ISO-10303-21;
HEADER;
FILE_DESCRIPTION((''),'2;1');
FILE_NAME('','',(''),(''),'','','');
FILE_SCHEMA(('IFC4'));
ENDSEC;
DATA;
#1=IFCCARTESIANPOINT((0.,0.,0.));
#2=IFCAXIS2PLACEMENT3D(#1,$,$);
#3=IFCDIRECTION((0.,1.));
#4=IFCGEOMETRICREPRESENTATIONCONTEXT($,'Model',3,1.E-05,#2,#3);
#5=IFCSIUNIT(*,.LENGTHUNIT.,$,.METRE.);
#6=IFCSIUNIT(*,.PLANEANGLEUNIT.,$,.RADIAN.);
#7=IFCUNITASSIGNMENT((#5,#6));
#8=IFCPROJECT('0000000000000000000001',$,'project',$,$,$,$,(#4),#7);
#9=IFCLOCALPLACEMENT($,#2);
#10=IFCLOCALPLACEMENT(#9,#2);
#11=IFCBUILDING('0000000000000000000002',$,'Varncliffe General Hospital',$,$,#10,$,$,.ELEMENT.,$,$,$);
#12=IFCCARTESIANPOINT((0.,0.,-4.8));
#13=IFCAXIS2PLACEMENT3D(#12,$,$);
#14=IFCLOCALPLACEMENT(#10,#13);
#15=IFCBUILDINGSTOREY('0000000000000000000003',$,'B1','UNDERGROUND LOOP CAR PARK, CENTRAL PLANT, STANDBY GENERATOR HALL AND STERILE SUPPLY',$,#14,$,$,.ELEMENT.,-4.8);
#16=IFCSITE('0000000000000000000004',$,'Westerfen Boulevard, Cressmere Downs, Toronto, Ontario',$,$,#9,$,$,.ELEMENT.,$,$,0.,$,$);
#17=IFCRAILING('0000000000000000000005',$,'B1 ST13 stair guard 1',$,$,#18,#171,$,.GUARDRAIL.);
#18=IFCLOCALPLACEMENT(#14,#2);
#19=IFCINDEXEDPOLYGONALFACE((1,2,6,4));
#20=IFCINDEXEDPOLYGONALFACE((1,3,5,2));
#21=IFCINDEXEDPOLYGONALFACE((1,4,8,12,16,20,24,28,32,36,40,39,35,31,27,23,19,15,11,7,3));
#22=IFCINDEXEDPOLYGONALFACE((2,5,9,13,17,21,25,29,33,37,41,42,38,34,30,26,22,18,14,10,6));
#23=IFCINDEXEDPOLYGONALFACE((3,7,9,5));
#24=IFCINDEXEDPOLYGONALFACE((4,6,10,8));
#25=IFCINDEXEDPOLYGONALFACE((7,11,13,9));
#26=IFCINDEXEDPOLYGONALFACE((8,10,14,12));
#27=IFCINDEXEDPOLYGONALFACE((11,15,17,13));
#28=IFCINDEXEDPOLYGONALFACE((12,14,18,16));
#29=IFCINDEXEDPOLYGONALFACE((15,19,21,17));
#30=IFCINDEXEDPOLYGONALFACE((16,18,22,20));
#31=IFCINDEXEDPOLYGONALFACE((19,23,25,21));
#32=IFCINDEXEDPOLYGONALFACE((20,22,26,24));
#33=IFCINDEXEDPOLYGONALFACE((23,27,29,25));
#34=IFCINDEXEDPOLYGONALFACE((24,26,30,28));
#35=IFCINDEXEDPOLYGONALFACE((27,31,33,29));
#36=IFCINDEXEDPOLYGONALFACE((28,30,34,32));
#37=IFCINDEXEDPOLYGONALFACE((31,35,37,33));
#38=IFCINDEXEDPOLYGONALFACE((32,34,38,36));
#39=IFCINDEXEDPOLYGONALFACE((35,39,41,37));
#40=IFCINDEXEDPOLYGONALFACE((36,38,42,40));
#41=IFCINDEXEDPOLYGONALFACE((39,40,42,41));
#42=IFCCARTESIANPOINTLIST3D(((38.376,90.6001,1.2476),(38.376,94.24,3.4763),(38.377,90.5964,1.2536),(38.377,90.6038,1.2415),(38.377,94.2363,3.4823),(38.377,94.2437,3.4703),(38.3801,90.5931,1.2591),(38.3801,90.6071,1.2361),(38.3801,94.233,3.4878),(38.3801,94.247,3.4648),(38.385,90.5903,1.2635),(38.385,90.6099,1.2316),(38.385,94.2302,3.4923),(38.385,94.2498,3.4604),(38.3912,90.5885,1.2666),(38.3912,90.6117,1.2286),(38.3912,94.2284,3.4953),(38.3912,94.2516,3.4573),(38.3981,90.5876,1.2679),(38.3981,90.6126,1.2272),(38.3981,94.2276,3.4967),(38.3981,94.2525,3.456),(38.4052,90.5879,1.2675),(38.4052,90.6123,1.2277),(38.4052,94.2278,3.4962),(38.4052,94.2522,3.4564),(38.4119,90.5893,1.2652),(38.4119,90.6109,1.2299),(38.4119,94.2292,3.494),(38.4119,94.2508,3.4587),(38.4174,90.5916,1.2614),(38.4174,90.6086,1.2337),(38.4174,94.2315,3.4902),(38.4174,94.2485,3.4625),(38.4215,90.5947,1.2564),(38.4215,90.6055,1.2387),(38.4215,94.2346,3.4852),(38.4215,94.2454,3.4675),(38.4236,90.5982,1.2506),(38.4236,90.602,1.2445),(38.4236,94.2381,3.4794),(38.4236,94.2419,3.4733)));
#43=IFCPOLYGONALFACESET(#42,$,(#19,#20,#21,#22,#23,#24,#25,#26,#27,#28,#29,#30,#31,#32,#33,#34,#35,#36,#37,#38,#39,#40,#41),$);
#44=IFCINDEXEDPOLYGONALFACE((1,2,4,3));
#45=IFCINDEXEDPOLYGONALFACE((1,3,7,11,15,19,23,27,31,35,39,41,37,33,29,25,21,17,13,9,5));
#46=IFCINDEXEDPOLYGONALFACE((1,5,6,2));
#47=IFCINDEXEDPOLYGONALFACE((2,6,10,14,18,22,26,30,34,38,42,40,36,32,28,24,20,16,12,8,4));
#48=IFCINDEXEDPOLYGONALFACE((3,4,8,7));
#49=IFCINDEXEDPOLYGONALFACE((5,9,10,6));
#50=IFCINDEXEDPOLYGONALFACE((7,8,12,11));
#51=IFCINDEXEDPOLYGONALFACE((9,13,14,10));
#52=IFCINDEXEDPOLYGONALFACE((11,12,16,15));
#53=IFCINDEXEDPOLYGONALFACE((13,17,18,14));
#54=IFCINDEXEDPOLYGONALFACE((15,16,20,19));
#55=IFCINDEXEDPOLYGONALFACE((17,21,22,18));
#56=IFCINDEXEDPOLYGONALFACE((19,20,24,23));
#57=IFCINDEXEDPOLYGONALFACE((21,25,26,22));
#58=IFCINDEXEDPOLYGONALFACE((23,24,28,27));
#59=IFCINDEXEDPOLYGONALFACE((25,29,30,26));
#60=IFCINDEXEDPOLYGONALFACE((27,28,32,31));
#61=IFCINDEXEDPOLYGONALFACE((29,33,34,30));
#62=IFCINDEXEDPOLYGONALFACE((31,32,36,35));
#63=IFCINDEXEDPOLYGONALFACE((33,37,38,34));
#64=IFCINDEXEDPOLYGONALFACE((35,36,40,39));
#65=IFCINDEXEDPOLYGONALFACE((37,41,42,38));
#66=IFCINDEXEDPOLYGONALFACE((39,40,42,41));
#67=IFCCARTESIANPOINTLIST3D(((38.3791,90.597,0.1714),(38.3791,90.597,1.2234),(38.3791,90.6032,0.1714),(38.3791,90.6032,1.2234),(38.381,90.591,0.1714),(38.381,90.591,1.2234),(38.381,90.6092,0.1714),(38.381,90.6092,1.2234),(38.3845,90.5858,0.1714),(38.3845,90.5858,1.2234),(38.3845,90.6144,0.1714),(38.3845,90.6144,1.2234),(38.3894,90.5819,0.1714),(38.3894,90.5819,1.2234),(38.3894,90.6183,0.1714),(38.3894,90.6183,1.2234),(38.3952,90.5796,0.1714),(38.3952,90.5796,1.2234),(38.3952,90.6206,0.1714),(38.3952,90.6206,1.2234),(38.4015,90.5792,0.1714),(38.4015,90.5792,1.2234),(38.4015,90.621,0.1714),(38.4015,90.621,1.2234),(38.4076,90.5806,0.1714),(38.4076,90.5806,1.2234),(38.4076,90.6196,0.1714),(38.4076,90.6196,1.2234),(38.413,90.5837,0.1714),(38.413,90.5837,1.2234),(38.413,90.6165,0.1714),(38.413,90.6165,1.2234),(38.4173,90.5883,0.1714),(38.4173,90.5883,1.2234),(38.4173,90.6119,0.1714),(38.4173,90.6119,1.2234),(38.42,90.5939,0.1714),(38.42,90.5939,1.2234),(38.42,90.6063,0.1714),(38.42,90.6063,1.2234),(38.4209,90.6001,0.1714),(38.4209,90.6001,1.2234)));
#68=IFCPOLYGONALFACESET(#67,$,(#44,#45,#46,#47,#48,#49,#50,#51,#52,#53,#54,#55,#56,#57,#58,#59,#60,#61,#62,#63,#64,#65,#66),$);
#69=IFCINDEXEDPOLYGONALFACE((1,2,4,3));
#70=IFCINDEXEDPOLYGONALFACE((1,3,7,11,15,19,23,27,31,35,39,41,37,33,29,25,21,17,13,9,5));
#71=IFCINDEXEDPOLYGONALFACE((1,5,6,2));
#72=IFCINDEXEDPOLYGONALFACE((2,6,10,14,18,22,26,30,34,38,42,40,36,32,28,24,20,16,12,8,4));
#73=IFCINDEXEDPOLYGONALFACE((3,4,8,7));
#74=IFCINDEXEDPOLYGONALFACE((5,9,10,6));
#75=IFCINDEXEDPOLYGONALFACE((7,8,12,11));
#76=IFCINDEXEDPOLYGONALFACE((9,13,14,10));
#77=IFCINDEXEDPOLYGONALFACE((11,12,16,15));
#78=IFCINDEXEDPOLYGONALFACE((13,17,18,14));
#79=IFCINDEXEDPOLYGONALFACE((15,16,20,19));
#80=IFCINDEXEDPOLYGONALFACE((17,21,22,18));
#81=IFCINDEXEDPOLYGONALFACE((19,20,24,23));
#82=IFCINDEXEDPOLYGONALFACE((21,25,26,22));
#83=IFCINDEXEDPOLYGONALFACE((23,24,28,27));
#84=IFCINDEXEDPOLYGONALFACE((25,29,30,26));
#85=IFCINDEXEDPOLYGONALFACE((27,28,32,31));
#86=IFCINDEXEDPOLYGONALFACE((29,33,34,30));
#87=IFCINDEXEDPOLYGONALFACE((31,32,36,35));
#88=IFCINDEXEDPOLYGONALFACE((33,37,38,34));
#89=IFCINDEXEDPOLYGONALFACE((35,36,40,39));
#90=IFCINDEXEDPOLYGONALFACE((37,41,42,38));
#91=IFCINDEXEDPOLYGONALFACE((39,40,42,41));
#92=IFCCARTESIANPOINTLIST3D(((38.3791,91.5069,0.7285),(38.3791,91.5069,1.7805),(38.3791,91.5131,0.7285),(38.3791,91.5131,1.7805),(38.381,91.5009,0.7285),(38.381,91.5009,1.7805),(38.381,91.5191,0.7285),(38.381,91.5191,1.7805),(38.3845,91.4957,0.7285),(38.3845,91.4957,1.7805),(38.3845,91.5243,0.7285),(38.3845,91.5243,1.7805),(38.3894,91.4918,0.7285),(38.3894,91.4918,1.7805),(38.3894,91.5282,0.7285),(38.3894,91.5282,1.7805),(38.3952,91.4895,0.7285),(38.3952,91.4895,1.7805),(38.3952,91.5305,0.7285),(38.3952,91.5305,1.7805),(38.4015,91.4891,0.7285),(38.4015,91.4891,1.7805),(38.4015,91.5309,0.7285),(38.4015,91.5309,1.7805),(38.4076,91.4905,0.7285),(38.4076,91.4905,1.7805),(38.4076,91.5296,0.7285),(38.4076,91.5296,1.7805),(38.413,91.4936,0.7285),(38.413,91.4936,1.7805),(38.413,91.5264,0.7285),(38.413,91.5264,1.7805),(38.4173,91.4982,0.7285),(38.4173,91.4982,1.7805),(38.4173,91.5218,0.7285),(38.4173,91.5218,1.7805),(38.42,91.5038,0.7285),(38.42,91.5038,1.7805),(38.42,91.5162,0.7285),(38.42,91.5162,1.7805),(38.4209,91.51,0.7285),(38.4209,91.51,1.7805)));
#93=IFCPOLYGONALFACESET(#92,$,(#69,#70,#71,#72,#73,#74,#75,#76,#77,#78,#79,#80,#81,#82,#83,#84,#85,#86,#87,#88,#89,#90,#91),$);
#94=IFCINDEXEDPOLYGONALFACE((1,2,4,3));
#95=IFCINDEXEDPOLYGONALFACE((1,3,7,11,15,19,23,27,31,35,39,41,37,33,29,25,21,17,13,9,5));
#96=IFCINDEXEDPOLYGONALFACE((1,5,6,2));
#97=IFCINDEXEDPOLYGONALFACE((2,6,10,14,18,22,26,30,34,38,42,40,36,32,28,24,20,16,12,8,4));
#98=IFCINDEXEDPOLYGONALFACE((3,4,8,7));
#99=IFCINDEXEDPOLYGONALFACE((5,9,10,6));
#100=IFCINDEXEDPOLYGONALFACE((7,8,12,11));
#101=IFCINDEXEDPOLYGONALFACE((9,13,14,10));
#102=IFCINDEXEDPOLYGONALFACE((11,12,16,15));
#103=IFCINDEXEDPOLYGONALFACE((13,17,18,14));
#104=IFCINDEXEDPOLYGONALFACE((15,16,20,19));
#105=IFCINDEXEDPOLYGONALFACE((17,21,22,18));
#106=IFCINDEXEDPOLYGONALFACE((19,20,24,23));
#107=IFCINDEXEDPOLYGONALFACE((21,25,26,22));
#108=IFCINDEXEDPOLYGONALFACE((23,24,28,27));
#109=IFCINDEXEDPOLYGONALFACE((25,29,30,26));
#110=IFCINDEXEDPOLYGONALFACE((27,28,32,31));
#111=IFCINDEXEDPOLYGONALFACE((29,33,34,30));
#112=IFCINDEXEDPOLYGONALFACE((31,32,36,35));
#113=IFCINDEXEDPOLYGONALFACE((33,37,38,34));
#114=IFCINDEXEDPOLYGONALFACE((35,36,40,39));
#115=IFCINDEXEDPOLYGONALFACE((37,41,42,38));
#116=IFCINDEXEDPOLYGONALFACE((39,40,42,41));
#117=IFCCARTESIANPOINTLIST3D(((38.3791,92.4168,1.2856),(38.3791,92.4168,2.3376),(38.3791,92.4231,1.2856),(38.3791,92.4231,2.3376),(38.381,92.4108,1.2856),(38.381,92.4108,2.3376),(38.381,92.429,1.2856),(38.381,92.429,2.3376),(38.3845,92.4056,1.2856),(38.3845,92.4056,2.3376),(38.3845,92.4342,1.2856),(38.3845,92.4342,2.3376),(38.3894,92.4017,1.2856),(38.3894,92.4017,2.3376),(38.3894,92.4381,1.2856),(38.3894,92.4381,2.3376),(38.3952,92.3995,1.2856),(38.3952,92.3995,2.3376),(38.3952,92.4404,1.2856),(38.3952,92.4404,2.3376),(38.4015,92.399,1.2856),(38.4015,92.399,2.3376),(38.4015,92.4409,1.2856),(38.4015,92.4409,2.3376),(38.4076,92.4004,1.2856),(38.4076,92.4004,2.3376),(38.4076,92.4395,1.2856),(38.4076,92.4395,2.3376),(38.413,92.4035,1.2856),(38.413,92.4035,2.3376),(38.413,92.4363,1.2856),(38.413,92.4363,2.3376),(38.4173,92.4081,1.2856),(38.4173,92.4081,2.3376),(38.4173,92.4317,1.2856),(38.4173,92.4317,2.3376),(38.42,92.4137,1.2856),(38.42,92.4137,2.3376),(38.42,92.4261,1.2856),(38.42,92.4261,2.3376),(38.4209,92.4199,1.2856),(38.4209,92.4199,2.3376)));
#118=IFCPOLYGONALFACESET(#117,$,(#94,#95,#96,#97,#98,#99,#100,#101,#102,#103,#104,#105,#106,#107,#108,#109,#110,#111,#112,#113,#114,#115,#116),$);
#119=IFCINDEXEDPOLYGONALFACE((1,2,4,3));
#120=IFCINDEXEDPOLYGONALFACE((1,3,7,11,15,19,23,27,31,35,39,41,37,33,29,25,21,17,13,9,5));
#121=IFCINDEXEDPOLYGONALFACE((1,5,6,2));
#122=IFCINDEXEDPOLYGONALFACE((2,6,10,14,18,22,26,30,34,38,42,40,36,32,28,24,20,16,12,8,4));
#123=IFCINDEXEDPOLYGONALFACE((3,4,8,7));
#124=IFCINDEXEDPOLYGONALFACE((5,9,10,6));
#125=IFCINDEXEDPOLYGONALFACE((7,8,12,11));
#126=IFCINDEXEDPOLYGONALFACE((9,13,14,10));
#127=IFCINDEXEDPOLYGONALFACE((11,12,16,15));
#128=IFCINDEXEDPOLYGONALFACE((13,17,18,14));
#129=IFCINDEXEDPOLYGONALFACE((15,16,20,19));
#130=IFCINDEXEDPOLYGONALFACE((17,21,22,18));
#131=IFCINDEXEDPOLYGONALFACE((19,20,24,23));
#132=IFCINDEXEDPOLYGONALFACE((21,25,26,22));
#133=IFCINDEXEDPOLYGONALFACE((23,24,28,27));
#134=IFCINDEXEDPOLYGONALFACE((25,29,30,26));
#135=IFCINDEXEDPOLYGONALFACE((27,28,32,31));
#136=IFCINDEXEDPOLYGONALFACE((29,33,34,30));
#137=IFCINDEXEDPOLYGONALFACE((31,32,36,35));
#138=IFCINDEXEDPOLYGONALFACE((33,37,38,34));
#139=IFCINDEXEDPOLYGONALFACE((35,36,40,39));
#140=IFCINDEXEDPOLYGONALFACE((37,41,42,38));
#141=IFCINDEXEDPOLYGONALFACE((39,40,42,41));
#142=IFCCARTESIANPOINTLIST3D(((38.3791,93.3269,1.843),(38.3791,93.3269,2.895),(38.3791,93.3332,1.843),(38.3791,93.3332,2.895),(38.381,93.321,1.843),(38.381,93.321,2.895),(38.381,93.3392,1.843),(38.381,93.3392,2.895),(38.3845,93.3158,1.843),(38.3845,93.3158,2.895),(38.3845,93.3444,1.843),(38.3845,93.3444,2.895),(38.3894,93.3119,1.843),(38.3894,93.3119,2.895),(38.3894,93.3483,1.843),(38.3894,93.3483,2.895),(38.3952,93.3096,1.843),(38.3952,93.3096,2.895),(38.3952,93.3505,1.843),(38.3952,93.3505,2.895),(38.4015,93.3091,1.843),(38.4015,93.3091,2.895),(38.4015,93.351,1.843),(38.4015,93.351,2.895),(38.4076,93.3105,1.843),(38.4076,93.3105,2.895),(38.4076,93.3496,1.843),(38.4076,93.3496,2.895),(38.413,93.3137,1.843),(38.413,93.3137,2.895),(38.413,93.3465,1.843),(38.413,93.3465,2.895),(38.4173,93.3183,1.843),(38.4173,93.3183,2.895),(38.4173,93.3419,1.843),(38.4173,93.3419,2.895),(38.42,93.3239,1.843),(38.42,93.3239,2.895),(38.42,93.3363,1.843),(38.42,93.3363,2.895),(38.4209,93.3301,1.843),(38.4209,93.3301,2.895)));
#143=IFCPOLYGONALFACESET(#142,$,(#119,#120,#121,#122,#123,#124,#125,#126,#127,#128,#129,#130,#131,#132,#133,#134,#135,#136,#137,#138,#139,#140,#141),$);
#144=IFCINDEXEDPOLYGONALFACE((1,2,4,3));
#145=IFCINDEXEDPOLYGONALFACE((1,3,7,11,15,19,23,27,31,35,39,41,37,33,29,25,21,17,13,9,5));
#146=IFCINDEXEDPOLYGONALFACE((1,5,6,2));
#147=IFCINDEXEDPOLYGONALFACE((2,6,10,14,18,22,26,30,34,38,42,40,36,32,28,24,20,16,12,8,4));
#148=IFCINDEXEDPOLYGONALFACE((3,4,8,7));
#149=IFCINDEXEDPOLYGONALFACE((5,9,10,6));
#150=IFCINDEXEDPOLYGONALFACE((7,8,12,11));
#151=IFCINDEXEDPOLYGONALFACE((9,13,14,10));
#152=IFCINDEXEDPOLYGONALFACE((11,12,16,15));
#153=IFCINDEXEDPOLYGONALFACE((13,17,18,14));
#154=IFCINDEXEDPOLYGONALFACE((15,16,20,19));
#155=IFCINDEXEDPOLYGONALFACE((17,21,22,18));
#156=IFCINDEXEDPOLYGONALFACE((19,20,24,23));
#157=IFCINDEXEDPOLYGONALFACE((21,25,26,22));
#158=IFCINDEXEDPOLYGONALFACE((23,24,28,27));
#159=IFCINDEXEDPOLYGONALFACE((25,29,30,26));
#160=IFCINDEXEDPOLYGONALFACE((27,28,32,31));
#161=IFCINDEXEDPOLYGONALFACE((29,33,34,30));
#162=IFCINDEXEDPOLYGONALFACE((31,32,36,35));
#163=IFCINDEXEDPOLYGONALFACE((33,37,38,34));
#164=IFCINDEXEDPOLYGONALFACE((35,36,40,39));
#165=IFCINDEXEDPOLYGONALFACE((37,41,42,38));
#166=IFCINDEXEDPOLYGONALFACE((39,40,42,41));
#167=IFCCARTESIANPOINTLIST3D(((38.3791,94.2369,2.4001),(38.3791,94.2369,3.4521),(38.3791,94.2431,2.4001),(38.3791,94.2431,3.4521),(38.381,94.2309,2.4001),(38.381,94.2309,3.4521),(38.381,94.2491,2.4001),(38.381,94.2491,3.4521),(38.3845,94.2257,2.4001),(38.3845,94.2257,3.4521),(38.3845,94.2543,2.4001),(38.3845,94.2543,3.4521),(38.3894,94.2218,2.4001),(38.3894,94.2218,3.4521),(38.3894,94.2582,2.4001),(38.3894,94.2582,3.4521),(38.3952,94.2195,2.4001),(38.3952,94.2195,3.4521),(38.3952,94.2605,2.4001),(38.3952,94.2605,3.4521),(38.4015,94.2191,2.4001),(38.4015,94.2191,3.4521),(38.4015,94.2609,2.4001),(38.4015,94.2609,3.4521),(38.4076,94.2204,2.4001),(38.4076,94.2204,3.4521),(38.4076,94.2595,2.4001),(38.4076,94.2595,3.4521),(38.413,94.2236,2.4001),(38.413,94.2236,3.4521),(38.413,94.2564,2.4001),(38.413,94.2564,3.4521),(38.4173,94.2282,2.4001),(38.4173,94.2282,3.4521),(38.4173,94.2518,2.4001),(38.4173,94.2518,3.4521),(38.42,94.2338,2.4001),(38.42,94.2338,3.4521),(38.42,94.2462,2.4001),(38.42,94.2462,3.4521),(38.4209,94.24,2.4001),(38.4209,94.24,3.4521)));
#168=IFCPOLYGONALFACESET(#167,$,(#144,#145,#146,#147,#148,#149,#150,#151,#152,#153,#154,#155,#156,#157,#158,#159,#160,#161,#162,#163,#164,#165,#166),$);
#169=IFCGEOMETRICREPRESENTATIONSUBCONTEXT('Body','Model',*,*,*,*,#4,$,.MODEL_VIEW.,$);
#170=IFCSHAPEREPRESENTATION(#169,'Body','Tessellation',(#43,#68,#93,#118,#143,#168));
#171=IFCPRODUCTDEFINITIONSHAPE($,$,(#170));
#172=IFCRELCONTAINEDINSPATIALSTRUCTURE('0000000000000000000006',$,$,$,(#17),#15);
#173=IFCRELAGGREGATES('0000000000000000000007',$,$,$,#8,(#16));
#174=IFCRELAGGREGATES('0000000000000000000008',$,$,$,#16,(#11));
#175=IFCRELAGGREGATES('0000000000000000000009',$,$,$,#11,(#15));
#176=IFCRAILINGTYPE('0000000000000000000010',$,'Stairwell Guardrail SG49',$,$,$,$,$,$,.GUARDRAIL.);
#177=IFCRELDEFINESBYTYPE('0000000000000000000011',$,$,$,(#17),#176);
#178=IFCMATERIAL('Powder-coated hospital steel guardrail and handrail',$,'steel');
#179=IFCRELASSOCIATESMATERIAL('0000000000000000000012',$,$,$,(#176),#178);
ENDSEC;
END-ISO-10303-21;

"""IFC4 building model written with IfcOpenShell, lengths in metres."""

from ifc_helpers import new_model, si_unit, direction, frame, origin, origin_2d, place, context, subcontext, project, spatial, circle, extrude, material, type_object, element, save


model = new_model("IFC4")

# Units and contexts
model_context = context("Model", 3, precision=1e-05, world=origin(), true_north=direction((0.0, 1.0)))
body_context = subcontext(model_context, "Body", "Model", "MODEL_VIEW")
ifc_project = project(units=[si_unit("LENGTHUNIT", "METRE"), si_unit("PLANEANGLEUNIT", "RADIAN")], contexts=[model_context])

# Site, building, storey
site_placement = place(None, origin())
site = spatial("IfcSite", under=ifc_project, at=site_placement, Name="Westerfen Boulevard, Cressmere Downs, Toronto, Ontario", CompositionType="ELEMENT", RefElevation=0.0)
building_placement = place(site_placement, origin())
building = spatial("IfcBuilding", under=site, at=building_placement, Name="Varncliffe General Hospital", CompositionType="ELEMENT")
storey_placement = place(building_placement, frame((0.0, 0.0, -4.8)))
storey = spatial("IfcBuildingStorey", under=building, at=storey_placement, Name="B1", Description="UNDERGROUND LOOP CAR PARK, CENTRAL PLANT, STANDBY GENERATOR HALL AND STERILE SUPPLY", CompositionType="ELEMENT", Elevation=-4.8)

# Railing
ifc_material_1 = material(Name="Powder-coated hospital steel guardrail and handrail", Category="steel")
railing_type_1 = type_object("IfcRailingType", Name="Stairwell Guardrail SG49", PredefinedType="GUARDRAIL", material=ifc_material_1)
railing_1_placement = place(storey_placement, frame((38.3999, 90.6001, 0.1714)))
element("IfcRailing", 1, at=railing_1_placement, inside=storey, type_object=railing_type_1, Name="B1 ST13 stair guard 1", PredefinedType="GUARDRAIL", context=body_context, shape_type="SweptSolid", body=[
    extrude(circle(Radius=0.0239, at=origin_2d()), frame((0.0, 0.0, 1.0762), z_axis=(0.0, 0.852825, 0.522197), x_axis=(-1.0, 0.0, 0.0)), (0.0, 0.0, 1.0), 4.2681),
    extrude(circle(Radius=0.021, at=origin_2d()), origin(), (0.0, 0.0, 1.0), 1.052),
    extrude(circle(Radius=0.021, at=origin_2d()), frame((0.0, 0.9099, 0.5571)), (0.0, 0.0, 1.0), 1.052),
    extrude(circle(Radius=0.021, at=origin_2d()), frame((0.0, 1.8198, 1.1143)), (0.0, 0.0, 1.0), 1.052),
    extrude(circle(Radius=0.021, at=origin_2d()), frame((0.0, 2.73, 1.6716)), (0.0, 0.0, 1.0), 1.052),
    extrude(circle(Radius=0.021, at=origin_2d()), frame((0.0, 3.6399, 2.2288)), (0.0, 0.0, 1.0), 1.052),
])

save(model, "model.ifc")
